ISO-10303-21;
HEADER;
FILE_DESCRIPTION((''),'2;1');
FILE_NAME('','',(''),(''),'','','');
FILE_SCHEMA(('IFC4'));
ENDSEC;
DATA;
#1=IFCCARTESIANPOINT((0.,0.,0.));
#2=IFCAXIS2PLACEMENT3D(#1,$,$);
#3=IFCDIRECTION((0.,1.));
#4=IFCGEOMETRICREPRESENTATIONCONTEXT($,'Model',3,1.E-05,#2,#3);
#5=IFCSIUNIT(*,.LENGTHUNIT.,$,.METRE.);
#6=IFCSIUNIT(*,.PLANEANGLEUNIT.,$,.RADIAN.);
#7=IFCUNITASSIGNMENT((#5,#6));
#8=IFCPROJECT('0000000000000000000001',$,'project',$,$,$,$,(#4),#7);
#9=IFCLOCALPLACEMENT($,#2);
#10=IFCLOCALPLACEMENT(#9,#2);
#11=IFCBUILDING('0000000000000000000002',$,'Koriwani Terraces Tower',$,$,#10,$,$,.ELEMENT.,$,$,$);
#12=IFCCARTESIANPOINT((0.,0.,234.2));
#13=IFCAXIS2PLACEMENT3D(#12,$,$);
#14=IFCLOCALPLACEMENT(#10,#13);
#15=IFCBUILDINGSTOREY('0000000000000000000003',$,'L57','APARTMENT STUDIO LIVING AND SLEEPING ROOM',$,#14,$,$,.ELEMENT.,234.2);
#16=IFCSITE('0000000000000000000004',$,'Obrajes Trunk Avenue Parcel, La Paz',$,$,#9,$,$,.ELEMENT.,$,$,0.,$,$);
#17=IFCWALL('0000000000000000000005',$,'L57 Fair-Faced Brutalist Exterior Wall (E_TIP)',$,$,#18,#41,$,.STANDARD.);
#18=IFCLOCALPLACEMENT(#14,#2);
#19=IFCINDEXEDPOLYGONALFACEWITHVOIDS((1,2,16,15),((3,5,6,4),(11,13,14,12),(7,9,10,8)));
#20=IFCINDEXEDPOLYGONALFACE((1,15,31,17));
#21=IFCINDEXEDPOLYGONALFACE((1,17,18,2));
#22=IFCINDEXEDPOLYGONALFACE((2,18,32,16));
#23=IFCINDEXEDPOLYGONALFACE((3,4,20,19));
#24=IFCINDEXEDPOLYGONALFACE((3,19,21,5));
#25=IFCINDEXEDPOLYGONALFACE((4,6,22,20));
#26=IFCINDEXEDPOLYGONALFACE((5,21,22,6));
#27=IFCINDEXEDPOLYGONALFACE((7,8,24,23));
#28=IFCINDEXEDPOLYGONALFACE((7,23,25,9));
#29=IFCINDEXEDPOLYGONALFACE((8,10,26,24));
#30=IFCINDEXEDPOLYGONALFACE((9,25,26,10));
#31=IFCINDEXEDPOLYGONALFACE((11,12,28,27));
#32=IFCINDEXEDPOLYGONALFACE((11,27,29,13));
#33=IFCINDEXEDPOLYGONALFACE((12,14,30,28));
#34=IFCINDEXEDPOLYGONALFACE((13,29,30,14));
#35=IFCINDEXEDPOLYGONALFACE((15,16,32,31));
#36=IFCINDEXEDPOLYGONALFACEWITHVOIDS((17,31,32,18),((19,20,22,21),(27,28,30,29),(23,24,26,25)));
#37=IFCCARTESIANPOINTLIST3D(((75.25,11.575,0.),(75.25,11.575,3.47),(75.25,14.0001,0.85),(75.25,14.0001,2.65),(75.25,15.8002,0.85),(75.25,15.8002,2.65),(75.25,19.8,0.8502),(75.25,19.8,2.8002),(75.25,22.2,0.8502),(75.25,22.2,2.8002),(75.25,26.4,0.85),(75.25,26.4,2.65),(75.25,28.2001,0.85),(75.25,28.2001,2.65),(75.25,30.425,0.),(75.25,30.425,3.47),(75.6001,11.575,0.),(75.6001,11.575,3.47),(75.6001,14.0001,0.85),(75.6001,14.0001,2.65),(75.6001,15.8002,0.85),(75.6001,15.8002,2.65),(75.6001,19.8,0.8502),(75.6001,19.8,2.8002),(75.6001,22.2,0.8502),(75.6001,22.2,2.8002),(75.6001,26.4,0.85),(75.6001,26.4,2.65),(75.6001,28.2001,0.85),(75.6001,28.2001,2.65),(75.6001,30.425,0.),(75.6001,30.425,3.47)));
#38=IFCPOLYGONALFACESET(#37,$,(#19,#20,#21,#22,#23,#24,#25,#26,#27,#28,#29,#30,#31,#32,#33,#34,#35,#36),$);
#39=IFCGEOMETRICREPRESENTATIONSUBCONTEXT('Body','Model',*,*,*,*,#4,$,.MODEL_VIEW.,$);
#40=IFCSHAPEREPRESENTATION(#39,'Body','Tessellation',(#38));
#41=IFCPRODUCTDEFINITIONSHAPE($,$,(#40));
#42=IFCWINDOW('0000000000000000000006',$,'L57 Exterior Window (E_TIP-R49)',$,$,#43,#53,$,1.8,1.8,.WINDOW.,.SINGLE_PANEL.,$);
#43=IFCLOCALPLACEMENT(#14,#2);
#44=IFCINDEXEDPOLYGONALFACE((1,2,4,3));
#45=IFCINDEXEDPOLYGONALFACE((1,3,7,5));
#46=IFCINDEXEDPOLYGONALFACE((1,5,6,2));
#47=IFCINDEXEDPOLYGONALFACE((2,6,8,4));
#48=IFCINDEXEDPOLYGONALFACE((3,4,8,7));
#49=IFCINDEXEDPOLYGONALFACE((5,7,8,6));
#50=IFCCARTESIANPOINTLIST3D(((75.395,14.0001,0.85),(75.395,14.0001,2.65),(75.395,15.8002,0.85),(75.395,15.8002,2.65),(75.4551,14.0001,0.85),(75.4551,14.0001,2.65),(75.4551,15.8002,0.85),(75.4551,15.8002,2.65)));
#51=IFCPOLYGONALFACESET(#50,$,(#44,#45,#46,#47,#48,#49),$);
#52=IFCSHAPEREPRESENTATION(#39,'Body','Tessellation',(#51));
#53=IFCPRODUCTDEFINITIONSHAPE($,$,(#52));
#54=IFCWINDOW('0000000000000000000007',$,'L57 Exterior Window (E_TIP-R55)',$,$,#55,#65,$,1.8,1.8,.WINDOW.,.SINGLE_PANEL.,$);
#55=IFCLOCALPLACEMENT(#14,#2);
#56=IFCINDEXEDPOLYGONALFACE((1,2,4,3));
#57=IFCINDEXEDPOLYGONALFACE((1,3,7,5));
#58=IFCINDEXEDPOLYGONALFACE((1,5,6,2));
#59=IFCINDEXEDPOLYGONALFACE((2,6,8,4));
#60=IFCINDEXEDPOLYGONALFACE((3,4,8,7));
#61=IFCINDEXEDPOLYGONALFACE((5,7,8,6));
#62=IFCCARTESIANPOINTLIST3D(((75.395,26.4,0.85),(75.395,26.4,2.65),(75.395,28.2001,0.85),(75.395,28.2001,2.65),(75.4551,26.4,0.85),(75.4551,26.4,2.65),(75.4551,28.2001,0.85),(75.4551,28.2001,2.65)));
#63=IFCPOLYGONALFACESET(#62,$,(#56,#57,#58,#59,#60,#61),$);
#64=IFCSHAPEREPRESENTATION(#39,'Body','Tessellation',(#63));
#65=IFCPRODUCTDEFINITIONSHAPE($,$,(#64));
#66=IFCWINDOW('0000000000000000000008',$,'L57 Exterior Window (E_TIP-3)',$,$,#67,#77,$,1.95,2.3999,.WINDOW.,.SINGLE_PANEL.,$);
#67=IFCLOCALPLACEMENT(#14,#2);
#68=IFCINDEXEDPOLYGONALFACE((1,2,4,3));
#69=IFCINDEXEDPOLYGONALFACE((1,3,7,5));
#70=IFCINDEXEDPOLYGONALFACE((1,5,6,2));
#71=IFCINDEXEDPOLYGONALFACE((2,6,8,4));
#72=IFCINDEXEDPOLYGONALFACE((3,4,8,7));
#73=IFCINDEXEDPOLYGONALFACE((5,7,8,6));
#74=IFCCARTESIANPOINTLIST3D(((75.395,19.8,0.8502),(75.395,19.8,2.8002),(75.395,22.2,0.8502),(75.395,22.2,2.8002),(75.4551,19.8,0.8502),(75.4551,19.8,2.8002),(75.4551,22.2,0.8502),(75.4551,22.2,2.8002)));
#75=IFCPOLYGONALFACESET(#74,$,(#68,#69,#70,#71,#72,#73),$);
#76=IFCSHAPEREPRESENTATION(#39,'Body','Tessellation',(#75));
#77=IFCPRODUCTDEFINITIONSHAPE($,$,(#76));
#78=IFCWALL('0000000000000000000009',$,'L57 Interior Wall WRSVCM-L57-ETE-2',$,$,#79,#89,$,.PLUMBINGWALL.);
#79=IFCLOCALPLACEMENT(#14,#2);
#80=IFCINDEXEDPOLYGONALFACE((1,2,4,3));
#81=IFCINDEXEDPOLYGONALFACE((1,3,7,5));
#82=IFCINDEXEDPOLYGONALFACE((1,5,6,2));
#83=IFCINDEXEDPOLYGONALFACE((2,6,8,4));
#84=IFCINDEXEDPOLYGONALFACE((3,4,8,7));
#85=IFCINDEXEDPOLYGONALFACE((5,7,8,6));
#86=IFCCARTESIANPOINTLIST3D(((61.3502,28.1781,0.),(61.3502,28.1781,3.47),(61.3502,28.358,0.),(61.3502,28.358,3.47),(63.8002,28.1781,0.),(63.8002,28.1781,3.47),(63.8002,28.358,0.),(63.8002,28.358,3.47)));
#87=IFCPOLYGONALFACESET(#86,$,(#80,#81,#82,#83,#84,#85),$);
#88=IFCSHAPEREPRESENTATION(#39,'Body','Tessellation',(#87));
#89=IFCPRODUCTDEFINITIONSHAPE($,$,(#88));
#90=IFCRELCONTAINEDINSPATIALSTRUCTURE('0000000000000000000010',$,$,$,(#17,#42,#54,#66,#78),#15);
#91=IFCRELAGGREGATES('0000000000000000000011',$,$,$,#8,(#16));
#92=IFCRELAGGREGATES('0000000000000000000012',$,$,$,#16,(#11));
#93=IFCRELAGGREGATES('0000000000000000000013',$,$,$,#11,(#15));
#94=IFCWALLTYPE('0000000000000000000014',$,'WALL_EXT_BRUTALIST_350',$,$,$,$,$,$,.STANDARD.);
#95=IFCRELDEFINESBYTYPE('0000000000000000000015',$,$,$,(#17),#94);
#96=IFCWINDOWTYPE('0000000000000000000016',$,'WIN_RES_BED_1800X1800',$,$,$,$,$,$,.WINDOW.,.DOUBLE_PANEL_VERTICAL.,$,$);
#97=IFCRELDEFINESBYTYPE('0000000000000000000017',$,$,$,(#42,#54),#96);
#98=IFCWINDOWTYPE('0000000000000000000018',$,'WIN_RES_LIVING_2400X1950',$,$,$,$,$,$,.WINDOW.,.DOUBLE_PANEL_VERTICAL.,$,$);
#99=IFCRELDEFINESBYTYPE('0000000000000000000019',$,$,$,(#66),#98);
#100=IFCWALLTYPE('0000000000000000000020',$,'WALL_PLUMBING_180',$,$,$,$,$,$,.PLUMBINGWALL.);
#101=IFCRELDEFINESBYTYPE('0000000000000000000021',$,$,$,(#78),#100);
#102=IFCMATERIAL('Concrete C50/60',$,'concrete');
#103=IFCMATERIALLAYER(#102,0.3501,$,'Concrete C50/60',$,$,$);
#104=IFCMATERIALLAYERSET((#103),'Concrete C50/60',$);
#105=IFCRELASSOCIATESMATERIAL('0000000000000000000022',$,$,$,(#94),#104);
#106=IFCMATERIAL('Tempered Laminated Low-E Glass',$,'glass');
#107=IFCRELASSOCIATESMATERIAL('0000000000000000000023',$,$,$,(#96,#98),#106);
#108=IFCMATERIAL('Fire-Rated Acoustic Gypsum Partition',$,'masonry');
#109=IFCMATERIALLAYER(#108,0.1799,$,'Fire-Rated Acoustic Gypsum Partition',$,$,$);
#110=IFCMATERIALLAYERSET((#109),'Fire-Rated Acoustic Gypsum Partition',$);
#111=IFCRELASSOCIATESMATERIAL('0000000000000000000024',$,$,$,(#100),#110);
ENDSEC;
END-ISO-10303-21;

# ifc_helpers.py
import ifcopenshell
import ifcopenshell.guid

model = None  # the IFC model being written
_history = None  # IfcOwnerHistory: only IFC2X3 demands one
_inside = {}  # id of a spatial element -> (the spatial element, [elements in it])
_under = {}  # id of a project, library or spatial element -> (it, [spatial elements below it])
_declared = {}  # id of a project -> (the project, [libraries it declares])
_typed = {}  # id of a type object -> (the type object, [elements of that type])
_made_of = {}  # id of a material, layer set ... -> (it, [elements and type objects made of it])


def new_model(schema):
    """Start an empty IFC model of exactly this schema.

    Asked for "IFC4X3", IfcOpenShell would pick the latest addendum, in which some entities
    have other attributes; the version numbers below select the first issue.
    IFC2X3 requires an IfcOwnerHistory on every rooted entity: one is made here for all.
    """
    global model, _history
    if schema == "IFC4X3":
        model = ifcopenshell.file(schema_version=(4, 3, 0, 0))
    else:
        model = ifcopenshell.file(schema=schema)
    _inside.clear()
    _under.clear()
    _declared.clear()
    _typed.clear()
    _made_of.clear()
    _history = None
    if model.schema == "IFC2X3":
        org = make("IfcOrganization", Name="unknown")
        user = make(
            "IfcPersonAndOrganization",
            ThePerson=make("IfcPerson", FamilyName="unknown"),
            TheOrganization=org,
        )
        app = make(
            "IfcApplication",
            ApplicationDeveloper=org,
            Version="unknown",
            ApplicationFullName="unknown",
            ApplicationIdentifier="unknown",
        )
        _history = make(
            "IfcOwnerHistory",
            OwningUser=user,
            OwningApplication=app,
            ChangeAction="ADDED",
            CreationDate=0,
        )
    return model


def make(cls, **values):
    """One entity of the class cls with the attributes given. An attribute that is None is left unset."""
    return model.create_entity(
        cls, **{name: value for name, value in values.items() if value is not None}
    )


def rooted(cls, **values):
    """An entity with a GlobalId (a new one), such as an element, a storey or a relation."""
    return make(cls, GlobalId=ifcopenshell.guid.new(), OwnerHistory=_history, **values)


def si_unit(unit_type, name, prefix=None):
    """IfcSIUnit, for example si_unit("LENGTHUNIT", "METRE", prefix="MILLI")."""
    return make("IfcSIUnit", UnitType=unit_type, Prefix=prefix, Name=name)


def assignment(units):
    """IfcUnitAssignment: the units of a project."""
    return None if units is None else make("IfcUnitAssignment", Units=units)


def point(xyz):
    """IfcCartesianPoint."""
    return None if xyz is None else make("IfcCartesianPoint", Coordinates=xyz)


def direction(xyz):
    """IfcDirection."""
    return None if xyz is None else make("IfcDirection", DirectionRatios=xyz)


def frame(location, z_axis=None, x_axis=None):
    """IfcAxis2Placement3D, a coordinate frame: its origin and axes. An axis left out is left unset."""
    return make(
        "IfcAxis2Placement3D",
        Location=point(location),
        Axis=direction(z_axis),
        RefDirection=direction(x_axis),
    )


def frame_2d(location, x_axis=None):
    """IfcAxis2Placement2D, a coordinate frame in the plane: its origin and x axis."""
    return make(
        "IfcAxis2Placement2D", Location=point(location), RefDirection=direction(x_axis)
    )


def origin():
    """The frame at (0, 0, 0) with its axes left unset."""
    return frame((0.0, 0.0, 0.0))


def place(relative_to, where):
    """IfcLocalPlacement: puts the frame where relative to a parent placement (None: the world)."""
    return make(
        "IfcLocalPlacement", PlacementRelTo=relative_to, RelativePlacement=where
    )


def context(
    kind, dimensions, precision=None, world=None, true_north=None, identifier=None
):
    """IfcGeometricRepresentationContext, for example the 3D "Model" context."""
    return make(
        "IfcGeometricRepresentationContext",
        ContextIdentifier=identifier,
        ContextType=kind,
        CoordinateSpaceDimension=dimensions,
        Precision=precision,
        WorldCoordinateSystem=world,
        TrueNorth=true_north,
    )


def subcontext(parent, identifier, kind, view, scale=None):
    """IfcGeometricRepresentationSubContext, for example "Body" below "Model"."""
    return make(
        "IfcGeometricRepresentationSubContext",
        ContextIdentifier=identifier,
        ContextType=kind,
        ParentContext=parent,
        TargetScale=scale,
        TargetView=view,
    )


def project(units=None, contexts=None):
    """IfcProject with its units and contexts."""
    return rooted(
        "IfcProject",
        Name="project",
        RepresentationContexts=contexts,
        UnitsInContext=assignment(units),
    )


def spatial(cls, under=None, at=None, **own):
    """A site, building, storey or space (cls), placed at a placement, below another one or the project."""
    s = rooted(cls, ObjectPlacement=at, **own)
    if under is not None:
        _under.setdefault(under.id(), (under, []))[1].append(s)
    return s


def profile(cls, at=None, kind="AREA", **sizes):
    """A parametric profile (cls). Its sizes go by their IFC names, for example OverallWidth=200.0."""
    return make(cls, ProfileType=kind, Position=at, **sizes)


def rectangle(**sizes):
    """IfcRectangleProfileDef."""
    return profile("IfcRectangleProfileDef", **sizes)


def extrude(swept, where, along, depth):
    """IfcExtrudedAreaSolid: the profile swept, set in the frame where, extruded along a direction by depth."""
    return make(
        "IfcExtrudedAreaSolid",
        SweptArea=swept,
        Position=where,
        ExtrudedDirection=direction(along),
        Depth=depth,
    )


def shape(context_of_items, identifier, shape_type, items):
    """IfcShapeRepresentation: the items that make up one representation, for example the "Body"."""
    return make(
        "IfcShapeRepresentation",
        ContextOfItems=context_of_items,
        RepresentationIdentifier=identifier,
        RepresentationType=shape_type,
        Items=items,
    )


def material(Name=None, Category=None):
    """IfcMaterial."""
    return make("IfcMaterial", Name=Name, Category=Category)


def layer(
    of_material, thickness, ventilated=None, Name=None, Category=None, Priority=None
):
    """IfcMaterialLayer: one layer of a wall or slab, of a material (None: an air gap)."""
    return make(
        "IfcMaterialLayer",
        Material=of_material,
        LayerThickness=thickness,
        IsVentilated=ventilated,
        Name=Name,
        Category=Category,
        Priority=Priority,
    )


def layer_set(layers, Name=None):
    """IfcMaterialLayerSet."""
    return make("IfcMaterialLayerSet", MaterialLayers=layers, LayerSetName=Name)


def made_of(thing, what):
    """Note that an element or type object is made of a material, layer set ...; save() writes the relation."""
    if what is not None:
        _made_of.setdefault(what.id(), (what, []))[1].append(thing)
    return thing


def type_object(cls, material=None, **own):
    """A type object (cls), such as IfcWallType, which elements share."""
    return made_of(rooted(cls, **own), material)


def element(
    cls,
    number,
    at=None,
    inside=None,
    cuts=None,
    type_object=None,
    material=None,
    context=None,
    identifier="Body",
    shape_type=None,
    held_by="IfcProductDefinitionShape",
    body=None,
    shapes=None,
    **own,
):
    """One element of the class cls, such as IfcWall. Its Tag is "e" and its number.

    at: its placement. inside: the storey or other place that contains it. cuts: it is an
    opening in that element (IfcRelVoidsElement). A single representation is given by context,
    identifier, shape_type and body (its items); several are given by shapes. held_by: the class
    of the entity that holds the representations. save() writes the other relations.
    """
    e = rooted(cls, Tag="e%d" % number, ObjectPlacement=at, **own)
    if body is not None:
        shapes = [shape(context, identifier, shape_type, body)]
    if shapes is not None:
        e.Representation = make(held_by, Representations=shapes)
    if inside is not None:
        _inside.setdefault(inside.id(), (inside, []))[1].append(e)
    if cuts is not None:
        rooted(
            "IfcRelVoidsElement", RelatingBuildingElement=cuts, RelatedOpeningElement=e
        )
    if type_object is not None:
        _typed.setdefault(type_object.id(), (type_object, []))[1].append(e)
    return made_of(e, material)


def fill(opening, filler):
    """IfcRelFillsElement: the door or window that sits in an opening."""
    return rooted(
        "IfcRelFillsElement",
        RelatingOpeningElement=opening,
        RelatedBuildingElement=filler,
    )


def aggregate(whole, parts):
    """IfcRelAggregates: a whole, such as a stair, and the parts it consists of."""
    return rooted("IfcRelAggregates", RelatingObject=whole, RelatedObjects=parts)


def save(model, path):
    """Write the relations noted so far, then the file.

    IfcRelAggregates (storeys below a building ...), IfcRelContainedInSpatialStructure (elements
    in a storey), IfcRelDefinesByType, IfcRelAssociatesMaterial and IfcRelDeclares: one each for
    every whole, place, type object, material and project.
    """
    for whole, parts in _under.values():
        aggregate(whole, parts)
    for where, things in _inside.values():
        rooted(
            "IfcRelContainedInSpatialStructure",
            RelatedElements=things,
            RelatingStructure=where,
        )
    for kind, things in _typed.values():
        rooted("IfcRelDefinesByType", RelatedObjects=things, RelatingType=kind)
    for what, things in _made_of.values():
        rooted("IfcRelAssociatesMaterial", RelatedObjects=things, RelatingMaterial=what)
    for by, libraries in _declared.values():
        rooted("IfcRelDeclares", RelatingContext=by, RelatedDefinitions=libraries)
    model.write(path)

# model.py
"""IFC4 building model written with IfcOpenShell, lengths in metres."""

from ifc_helpers import new_model, si_unit, direction, frame, frame_2d, origin, place, context, subcontext, project, spatial, rectangle, extrude, material, layer, layer_set, type_object, element, fill, save


model = new_model("IFC4")

# Units and contexts
model_context = context("Model", 3, precision=1e-05, world=origin(), true_north=direction((0.0, 1.0)))
body_context = subcontext(model_context, "Body", "Model", "MODEL_VIEW")
ifc_project = project(units=[si_unit("LENGTHUNIT", "METRE"), si_unit("PLANEANGLEUNIT", "RADIAN")], contexts=[model_context])

# Site, building, storey
site_placement = place(None, origin())
site = spatial("IfcSite", under=ifc_project, at=site_placement, Name="Obrajes Trunk Avenue Parcel, La Paz", CompositionType="ELEMENT", RefElevation=0.0)
building_placement = place(site_placement, origin())
building = spatial("IfcBuilding", under=site, at=building_placement, Name="Koriwani Terraces Tower", CompositionType="ELEMENT")
storey_placement = place(building_placement, frame((0.0, 0.0, 234.2)))
storey = spatial("IfcBuildingStorey", under=building, at=storey_placement, Name="L57", Description="APARTMENT STUDIO LIVING AND SLEEPING ROOM", CompositionType="ELEMENT", Elevation=234.2)

# Shared definitions
ifc_material_1 = material(Name="Concrete C50/60", Category="concrete")

# Shared definitions
ifc_layer_1 = layer(ifc_material_1, 0.3501, Name="Concrete C50/60")
ifc_layer_set_1 = layer_set([ifc_layer_1], Name="Concrete C50/60")
wall_type_1 = type_object("IfcWallType", Name="WALL_EXT_BRUTALIST_350", PredefinedType="STANDARD", material=ifc_layer_set_1)

# Shared definitions
ifc_material_2 = material(Name="Tempered Laminated Low-E Glass", Category="glass")
window_type_1 = type_object("IfcWindowType", Name="WIN_RES_BED_1800X1800", PartitioningType="DOUBLE_PANEL_VERTICAL", PredefinedType="WINDOW", material=ifc_material_2)

# Wall, openings, windows
wall_1_placement = place(storey_placement, frame((75.425, 30.425, 0.0), z_axis=(0.0, 0.0, 1.0), x_axis=(0.0, -1.0, 0.0)))
wall_1 = element("IfcWall", 1, at=wall_1_placement, inside=storey, type_object=wall_type_1, Name="L57 Fair-Faced Brutalist Exterior Wall (E_TIP)", PredefinedType="STANDARD", context=body_context, shape_type="SweptSolid", body=[
    extrude(rectangle(XDim=18.8501, YDim=0.3501, at=frame_2d((9.425, 0.0))), origin(), (0.0, 0.0, 1.0), 3.47),
])
opening_1_placement = place(wall_1_placement, frame((8.2251, 0.0, 0.8501)))
opening_1 = element("IfcOpeningElement", 2, at=opening_1_placement, cuts=wall_1, PredefinedType="OPENING", context=body_context, shape_type="SweptSolid", body=[
    extrude(rectangle(XDim=2.3999, YDim=1.95, at=frame_2d((1.2, 0.9751))), frame((0.0, 0.1851, 0.0), z_axis=(0.0, -1.0, 0.0), x_axis=(1.0, 0.0, 0.0)), (0.0, 0.0, 1.0), 0.3701),
])
opening_2_placement = place(wall_1_placement, frame((14.625, 0.0, 0.8501)))
opening_2 = element("IfcOpeningElement", 3, at=opening_2_placement, cuts=wall_1, PredefinedType="OPENING", context=body_context, shape_type="SweptSolid", body=[
    extrude(rectangle(XDim=1.8, YDim=1.8, at=frame_2d((0.8999, 0.8999))), frame((0.0, 0.1851, 0.0), z_axis=(0.0, -1.0, 0.0), x_axis=(1.0, 0.0, 0.0)), (0.0, 0.0, 1.0), 0.3701),
])
opening_3_placement = place(wall_1_placement, frame((2.2251, 0.0, 0.8501)))
opening_3 = element("IfcOpeningElement", 4, at=opening_3_placement, cuts=wall_1, PredefinedType="OPENING", context=body_context, shape_type="SweptSolid", body=[
    extrude(rectangle(XDim=1.8, YDim=1.8, at=frame_2d((0.8999, 0.8999))), frame((0.0, 0.1851, 0.0), z_axis=(0.0, -1.0, 0.0), x_axis=(1.0, 0.0, 0.0)), (0.0, 0.0, 1.0), 0.3701),
])
window_1_placement = place(opening_2_placement, origin())
window_1 = element("IfcWindow", 5, at=window_1_placement, inside=storey, type_object=window_type_1, Name="L57 Exterior Window (E_TIP-R49)", OverallHeight=1.8, OverallWidth=1.8, PartitioningType="SINGLE_PANEL", PredefinedType="WINDOW", context=body_context, shape_type="SweptSolid", body=[
    extrude(rectangle(XDim=1.8, YDim=1.8, at=frame_2d((0.8999, 0.8999))), frame((0.0, 0.03, 0.0), z_axis=(0.0, -1.0, 0.0), x_axis=(1.0, 0.0, 0.0)), (0.0, 0.0, 1.0), 0.0601),
])
fill(opening_2, window_1)
window_2_placement = place(opening_3_placement, origin())
window_2 = element("IfcWindow", 6, at=window_2_placement, inside=storey, type_object=window_type_1, Name="L57 Exterior Window (E_TIP-R55)", OverallHeight=1.8, OverallWidth=1.8, PartitioningType="SINGLE_PANEL", PredefinedType="WINDOW", context=body_context, shape_type="SweptSolid", body=[
    extrude(rectangle(XDim=1.8, YDim=1.8, at=frame_2d((0.8999, 0.8999))), frame((0.0, 0.03, 0.0), z_axis=(0.0, -1.0, 0.0), x_axis=(1.0, 0.0, 0.0)), (0.0, 0.0, 1.0), 0.0601),
])
fill(opening_3, window_2)
window_type_2 = type_object("IfcWindowType", Name="WIN_RES_LIVING_2400X1950", PartitioningType="DOUBLE_PANEL_VERTICAL", PredefinedType="WINDOW", material=ifc_material_2)
window_3_placement = place(opening_1_placement, origin())
window_3 = element("IfcWindow", 7, at=window_3_placement, inside=storey, type_object=window_type_2, Name="L57 Exterior Window (E_TIP-3)", OverallHeight=1.95, OverallWidth=2.3999, PartitioningType="SINGLE_PANEL", PredefinedType="WINDOW", context=body_context, shape_type="SweptSolid", body=[
    extrude(rectangle(XDim=2.3999, YDim=1.95, at=frame_2d((1.2, 0.9751))), frame((0.0, 0.03, 0.0), z_axis=(0.0, -1.0, 0.0), x_axis=(1.0, 0.0, 0.0)), (0.0, 0.0, 1.0), 0.0601),
])
fill(opening_1, window_3)

# Wall
ifc_material_3 = material(Name="Fire-Rated Acoustic Gypsum Partition", Category="masonry")
ifc_layer_2 = layer(ifc_material_3, 0.1799, Name="Fire-Rated Acoustic Gypsum Partition")
ifc_layer_set_2 = layer_set([ifc_layer_2], Name="Fire-Rated Acoustic Gypsum Partition")
wall_type_2 = type_object("IfcWallType", Name="WALL_PLUMBING_180", PredefinedType="PLUMBINGWALL", material=ifc_layer_set_2)
wall_2_placement = place(storey_placement, frame((61.3501, 28.2681, 0.0), z_axis=(0.0, 0.0, 1.0), x_axis=(1.0, 0.0, 0.0)))
element("IfcWall", 8, at=wall_2_placement, inside=storey, type_object=wall_type_2, Name="L57 Interior Wall WRSVCM-L57-ETE-2", PredefinedType="PLUMBINGWALL", context=body_context, shape_type="SweptSolid", body=[
    extrude(rectangle(XDim=2.45, YDim=0.1799, at=frame_2d((1.2251, 0.0))), origin(), (0.0, 0.0, 1.0), 3.47),
])

save(model, "model.ifc")
